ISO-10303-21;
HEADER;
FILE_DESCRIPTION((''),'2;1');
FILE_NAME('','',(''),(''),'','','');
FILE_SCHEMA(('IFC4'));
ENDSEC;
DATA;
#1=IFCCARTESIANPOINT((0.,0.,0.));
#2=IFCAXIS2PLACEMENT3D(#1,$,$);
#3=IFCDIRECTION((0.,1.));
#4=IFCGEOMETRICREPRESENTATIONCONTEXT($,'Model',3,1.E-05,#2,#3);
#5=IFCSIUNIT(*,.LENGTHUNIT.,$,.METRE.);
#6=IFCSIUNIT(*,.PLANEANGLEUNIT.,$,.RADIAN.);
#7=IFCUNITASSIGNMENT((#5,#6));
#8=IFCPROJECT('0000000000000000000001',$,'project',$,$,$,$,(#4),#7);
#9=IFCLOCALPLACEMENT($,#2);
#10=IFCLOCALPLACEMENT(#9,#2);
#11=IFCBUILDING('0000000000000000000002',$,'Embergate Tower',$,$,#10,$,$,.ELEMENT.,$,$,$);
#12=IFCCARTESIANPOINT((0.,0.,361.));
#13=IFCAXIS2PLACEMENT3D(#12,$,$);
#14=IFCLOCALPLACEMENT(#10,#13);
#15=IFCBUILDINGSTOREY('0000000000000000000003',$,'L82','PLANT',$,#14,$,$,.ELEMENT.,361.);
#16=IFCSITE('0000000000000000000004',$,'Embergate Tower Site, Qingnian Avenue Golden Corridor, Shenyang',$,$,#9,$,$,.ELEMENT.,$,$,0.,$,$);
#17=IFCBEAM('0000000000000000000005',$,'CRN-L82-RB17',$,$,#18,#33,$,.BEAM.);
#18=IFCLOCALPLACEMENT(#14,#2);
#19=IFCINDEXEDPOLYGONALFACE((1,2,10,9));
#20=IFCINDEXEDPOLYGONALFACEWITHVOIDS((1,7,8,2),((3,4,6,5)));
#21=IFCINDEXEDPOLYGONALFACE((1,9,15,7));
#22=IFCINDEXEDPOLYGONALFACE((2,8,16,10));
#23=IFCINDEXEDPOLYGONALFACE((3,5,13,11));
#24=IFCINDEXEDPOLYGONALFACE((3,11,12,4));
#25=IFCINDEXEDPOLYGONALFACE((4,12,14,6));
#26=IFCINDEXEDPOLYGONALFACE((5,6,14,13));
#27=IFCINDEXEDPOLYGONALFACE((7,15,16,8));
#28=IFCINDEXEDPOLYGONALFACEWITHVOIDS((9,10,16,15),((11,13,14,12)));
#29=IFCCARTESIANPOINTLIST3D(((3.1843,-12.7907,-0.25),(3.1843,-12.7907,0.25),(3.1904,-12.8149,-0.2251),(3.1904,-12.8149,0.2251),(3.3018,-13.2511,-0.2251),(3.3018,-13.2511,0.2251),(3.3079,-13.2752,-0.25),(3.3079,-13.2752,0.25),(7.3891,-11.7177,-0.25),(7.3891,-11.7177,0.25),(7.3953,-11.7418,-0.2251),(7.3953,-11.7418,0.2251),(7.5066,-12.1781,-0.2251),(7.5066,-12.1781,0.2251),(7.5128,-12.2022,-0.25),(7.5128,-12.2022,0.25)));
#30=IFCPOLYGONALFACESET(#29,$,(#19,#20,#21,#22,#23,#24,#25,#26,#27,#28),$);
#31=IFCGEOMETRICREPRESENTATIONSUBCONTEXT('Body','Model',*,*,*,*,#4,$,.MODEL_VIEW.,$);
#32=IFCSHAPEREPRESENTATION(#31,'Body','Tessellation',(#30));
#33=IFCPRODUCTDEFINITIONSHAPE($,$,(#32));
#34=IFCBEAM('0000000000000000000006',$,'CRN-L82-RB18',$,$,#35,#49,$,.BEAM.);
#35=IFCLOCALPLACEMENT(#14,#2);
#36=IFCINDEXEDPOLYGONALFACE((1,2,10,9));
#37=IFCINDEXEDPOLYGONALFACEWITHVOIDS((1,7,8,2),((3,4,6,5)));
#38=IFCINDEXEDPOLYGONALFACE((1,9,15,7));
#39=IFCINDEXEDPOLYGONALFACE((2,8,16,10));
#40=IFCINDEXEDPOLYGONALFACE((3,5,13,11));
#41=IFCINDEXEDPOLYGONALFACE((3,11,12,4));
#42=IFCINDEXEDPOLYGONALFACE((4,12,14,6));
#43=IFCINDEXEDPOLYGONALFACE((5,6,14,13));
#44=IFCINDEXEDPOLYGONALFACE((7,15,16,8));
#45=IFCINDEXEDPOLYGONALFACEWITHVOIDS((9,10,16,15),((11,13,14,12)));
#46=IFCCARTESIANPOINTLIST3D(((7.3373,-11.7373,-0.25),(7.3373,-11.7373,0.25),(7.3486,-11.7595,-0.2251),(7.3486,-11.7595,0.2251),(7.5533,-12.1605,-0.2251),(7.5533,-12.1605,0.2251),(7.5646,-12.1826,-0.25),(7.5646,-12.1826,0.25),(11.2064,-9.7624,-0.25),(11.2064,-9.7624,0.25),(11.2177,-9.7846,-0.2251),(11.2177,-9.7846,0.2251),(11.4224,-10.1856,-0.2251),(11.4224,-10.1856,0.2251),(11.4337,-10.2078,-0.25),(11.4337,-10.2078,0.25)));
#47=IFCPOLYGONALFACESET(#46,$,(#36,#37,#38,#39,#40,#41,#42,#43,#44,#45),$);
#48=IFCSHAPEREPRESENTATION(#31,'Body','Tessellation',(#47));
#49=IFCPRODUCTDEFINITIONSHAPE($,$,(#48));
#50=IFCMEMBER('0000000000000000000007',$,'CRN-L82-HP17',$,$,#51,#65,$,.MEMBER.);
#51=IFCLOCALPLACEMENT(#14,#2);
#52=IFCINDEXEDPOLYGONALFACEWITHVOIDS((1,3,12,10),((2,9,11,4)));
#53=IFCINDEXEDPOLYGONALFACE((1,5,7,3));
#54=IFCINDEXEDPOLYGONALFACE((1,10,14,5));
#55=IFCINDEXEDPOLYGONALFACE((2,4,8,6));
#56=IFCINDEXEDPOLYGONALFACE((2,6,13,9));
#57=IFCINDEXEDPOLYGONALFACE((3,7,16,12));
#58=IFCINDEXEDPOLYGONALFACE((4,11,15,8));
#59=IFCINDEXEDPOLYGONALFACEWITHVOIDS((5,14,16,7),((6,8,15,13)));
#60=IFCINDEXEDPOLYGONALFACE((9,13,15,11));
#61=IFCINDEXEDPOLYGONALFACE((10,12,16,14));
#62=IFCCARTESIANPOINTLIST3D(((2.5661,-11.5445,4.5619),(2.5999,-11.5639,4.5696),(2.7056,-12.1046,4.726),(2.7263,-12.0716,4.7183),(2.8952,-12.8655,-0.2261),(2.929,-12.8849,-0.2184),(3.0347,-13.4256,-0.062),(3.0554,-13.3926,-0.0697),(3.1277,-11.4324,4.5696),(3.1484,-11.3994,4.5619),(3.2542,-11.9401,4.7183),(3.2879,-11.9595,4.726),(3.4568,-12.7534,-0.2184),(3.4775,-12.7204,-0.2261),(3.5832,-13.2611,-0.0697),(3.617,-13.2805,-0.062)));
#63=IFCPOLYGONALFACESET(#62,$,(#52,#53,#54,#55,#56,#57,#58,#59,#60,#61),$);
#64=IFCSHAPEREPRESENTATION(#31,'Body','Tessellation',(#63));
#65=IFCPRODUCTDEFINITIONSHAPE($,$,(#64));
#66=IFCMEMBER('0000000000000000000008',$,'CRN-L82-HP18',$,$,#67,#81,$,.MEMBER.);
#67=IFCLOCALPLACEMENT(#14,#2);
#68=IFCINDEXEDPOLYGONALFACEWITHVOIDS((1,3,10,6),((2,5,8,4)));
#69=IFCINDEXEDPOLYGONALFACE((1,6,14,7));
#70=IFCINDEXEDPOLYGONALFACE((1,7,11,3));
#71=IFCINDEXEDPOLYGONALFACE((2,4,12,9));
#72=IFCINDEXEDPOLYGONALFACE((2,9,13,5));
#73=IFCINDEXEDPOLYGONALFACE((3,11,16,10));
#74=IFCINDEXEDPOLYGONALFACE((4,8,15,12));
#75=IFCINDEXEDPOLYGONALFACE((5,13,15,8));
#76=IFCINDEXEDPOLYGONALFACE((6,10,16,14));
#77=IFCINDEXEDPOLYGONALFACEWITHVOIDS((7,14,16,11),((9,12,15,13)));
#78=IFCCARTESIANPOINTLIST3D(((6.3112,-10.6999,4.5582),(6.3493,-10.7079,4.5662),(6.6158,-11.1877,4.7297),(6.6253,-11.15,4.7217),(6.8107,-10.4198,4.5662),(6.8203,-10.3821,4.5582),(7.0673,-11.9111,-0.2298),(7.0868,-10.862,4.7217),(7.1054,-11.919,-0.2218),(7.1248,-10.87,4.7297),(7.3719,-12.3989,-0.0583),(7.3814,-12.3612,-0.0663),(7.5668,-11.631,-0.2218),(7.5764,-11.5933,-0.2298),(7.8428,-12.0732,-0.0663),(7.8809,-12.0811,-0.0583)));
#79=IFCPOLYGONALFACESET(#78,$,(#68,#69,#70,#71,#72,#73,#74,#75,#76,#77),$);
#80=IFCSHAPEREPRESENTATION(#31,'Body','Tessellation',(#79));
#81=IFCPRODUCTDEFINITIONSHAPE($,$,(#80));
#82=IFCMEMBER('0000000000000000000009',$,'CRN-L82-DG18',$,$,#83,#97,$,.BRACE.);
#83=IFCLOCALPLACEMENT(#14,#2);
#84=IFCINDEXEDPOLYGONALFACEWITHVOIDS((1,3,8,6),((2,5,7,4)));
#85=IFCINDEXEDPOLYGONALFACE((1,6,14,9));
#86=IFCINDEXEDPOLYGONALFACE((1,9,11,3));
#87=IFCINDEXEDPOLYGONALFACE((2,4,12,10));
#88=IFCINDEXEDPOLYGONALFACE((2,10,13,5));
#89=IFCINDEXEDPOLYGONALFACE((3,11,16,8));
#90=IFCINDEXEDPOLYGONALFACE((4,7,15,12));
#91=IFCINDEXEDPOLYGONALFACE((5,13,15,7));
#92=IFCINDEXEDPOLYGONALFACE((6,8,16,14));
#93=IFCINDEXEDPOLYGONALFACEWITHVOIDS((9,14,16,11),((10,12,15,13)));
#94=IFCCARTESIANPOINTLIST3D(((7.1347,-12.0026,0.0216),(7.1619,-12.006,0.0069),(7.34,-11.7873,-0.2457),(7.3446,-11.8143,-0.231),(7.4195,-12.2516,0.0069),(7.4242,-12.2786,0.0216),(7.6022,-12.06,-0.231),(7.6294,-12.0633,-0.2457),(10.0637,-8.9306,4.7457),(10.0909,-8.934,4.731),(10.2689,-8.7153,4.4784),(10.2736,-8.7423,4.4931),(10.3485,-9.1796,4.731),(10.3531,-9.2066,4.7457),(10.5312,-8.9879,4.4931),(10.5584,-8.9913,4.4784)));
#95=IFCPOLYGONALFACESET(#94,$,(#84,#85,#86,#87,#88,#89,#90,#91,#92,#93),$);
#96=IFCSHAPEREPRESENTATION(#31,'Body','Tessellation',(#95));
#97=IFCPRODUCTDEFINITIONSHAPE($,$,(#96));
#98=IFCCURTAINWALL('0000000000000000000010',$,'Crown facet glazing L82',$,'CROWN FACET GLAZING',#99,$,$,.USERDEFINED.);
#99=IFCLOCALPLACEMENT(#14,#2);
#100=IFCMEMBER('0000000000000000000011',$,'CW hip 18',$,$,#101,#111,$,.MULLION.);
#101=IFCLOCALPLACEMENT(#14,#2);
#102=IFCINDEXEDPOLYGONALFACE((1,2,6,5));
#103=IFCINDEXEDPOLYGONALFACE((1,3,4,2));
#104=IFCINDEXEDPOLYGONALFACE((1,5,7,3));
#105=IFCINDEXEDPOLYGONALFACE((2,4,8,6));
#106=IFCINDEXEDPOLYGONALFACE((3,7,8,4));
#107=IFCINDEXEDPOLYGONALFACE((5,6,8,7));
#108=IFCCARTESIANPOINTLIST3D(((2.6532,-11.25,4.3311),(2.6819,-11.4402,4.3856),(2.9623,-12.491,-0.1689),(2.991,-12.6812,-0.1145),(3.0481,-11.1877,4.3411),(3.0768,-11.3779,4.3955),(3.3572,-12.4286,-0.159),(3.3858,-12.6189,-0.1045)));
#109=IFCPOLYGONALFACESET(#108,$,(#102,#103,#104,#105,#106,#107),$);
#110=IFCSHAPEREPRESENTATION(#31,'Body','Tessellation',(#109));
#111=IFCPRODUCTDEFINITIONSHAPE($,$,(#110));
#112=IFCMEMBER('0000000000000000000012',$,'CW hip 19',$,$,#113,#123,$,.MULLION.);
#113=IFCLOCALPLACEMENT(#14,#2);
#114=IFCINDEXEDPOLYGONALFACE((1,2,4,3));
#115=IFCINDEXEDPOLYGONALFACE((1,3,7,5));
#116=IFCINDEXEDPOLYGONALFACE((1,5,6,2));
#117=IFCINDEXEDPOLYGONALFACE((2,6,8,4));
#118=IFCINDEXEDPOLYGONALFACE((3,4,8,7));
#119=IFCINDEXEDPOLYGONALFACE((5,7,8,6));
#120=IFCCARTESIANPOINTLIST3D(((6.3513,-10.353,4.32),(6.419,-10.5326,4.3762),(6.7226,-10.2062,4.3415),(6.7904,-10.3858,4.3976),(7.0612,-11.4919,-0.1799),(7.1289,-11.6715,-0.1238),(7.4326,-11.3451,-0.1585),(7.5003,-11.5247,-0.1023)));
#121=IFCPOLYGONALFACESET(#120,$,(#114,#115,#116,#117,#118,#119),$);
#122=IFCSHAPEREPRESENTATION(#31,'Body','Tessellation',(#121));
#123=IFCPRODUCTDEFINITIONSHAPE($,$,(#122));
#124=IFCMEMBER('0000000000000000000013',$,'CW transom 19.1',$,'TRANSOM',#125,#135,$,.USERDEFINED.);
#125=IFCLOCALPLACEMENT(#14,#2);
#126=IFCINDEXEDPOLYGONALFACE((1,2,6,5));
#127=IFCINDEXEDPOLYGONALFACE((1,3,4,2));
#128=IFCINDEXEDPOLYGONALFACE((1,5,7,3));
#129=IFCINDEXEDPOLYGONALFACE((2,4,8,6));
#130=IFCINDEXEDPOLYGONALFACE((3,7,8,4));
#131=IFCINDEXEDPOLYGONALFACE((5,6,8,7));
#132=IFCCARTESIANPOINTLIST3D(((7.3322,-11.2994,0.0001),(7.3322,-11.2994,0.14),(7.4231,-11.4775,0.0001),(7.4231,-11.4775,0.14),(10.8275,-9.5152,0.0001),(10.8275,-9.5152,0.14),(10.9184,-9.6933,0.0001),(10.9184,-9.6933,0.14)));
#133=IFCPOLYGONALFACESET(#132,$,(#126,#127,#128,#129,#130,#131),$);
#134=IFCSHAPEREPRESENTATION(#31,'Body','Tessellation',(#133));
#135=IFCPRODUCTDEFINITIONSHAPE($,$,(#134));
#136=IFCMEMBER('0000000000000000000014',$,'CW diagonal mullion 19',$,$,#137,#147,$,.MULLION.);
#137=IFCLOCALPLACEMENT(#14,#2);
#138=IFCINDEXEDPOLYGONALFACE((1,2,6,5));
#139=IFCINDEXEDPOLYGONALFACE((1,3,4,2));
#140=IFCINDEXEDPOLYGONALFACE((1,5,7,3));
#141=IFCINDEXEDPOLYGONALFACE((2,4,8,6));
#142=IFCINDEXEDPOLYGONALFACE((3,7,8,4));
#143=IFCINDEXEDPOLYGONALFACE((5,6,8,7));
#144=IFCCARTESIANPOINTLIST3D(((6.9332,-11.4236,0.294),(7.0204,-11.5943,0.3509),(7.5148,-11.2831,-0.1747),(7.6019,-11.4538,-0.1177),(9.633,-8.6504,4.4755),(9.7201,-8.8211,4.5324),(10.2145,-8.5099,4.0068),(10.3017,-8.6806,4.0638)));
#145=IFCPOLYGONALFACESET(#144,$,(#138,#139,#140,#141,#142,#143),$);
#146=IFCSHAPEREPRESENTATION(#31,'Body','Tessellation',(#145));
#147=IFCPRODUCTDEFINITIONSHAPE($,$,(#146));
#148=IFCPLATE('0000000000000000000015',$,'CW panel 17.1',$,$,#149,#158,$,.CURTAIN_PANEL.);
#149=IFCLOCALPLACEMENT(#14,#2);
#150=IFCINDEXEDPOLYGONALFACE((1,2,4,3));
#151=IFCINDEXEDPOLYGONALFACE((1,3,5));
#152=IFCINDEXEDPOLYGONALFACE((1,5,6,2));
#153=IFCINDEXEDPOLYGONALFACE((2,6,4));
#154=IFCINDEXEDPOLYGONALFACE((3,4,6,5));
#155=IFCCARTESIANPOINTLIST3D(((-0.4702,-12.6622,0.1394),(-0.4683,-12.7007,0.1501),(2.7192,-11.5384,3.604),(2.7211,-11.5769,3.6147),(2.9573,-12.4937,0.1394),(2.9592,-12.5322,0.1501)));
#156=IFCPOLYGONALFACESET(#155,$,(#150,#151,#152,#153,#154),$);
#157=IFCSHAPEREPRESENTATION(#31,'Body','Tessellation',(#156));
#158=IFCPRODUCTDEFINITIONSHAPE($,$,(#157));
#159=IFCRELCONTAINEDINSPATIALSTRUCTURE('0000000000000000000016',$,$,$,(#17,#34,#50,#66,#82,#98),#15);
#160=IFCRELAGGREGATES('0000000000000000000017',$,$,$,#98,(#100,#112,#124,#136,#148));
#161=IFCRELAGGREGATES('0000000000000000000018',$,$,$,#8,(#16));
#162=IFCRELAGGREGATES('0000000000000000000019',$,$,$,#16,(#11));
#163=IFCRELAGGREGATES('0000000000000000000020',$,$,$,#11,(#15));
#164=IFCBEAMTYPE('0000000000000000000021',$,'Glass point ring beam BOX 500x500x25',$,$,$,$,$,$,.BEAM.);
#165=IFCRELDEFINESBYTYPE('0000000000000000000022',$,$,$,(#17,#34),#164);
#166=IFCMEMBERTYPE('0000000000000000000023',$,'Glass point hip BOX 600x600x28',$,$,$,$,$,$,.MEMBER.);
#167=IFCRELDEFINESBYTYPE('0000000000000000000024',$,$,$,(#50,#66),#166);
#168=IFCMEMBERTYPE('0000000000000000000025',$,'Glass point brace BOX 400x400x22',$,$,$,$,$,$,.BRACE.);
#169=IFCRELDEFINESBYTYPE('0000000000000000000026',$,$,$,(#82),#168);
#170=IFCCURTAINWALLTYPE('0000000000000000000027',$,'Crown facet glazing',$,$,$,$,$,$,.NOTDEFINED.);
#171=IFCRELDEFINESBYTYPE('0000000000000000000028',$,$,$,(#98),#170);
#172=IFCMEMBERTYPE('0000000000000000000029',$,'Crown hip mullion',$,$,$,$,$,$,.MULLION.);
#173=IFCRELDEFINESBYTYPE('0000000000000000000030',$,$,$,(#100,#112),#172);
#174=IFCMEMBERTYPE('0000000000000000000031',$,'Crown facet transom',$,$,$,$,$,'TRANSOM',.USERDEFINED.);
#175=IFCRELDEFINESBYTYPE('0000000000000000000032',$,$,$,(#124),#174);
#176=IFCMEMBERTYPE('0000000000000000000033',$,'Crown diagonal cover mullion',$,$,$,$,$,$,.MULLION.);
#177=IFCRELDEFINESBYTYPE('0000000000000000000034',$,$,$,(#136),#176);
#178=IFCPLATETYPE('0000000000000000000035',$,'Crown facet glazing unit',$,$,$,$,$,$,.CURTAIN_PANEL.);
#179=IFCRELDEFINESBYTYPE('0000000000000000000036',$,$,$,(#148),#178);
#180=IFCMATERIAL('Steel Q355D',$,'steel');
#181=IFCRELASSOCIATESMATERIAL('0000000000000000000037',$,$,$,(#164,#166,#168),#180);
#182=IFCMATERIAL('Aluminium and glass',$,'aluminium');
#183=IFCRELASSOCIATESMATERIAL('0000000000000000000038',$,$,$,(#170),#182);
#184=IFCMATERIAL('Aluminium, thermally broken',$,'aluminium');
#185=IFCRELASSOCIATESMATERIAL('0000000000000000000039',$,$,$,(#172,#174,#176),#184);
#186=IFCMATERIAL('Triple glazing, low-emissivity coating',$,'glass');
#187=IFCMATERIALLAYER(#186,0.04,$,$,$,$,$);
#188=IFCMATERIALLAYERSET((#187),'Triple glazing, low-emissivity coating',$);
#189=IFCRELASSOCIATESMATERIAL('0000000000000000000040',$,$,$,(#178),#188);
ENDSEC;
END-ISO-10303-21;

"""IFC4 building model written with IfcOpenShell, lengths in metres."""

from ifc_helpers import new_model, si_unit, direction, frame, origin, origin_2d, place, context, subcontext, project, spatial, polyline, rectangle, hollow_rectangle, outline, extrude, source, transform, mapped, material, layer, layer_set, material_profile, profile_set, type_object, element, aggregate, save


model = new_model("IFC4")

# Units and contexts
model_context = context("Model", 3, precision=1e-05, world=origin(), true_north=direction((0.0, 1.0)))
body_context = subcontext(model_context, "Body", "Model", "MODEL_VIEW")
ifc_project = project(units=[si_unit("LENGTHUNIT", "METRE"), si_unit("PLANEANGLEUNIT", "RADIAN")], contexts=[model_context])

# Site, building, storey
site_placement = place(None, origin())
site = spatial("IfcSite", under=ifc_project, at=site_placement, Name="Embergate Tower Site, Qingnian Avenue Golden Corridor, Shenyang", CompositionType="ELEMENT", RefElevation=0.0)
building_placement = place(site_placement, origin())
building = spatial("IfcBuilding", under=site, at=building_placement, Name="Embergate Tower", CompositionType="ELEMENT")
storey_placement = place(building_placement, frame((0.0, 0.0, 361.0)))
storey = spatial("IfcBuildingStorey", under=building, at=storey_placement, Name="L82", Description="PLANT", CompositionType="ELEMENT", Elevation=361.0)

# Beams
ifc_material_1 = material(Name="Steel Q355D", Category="steel")
ifc_material_profile_1 = material_profile(ifc_material_1, hollow_rectangle(XDim=0.5, YDim=0.5, WallThickness=0.0249, at=origin_2d()), Name="BOX 500x500x25")
ifc_profile_set_1 = profile_set([ifc_material_profile_1], Name="Steel Q355 grade D")
beam_type = type_object("IfcBeamType", Name="Glass point ring beam BOX 500x500x25", PredefinedType="BEAM", material=ifc_profile_set_1)
shared_shape_1 = source(origin(), body_context, "Body", "SweptSolid", [
    extrude(hollow_rectangle(XDim=0.5, YDim=0.5, WallThickness=0.0249, at=origin_2d()), origin(), (0.0, 0.0, 1.0), 4.3396),
])
beam_1_placement = place(storey_placement, frame((3.2461, -13.033, 0.0), z_axis=(0.96895, 0.247259, 0.0), x_axis=(-0.247259, 0.96895, 0.0)))
element("IfcBeam", 1, at=beam_1_placement, inside=storey, type_object=beam_type, Name="CRN-L82-RB17", PredefinedType="BEAM", context=body_context, shape_type="MappedRepresentation", body=[
    mapped(shared_shape_1, transform((0.0, 0.0, 0.0))),
])
shared_shape_2 = source(origin(), body_context, "Body", "SweptSolid", [
    extrude(hollow_rectangle(XDim=0.5, YDim=0.5, WallThickness=0.0249, at=origin_2d()), origin(), (0.0, 0.0, 1.0), 4.344),
])
beam_2_placement = place(storey_placement, frame((7.4509, -11.96, 0.0), z_axis=(0.890687, 0.454617, 0.0), x_axis=(-0.454617, 0.890687, 0.0)))
element("IfcBeam", 2, at=beam_2_placement, inside=storey, type_object=beam_type, Name="CRN-L82-RB18", PredefinedType="BEAM", context=body_context, shape_type="MappedRepresentation", body=[
    mapped(shared_shape_2, transform((0.0, 0.0, 0.0))),
])

# Members
ifc_material_profile_2 = material_profile(ifc_material_1, hollow_rectangle(XDim=0.6001, YDim=0.6001, WallThickness=0.0281, at=origin_2d()), Name="BOX 600x600x28")
ifc_profile_set_2 = profile_set([ifc_material_profile_2], Name="Steel Q355 grade D")
member_type_1 = type_object("IfcMemberType", Name="Glass point hip BOX 600x600x28", PredefinedType="MEMBER", material=ifc_profile_set_2)
shared_shape_3 = source(origin(), body_context, "Body", "SweptSolid", [
    extrude(hollow_rectangle(XDim=0.6001, YDim=0.6001, WallThickness=0.0281, at=origin_2d()), origin(), (0.0, 0.0, 1.0), 4.9778),
])
member_1_placement = place(storey_placement, frame((3.2561, -13.073, -0.144), z_axis=(-0.066113, 0.265383, 0.961874), x_axis=(-0.970343, -0.241734, 0.0)))
element("IfcMember", 3, at=member_1_placement, inside=storey, type_object=member_type_1, Name="CRN-L82-HP17", PredefinedType="MEMBER", context=body_context, shape_type="MappedRepresentation", body=[
    mapped(shared_shape_3, transform((0.0, 0.0, 0.0))),
])
shared_shape_4 = source(origin(), body_context, "Body", "SweptSolid", [
    extrude(hollow_rectangle(XDim=0.6001, YDim=0.6001, WallThickness=0.0281, at=origin_2d()), origin(), (0.0, 0.0, 1.0), 4.9963),
])
member_2_placement = place(storey_placement, frame((7.4741, -11.9961, -0.144), z_axis=(-0.151328, 0.242409, 0.958299), x_axis=(-0.848277, -0.529553, 0.0)))
element("IfcMember", 4, at=member_2_placement, inside=storey, type_object=member_type_1, Name="CRN-L82-HP18", PredefinedType="MEMBER", context=body_context, shape_type="MappedRepresentation", body=[
    mapped(shared_shape_4, transform((0.0, 0.0, 0.0))),
])
ifc_material_profile_3 = material_profile(ifc_material_1, hollow_rectangle(XDim=0.3999, YDim=0.3999, WallThickness=0.022, at=origin_2d()), Name="BOX 400x400x22")
ifc_profile_set_3 = profile_set([ifc_material_profile_3], Name="Steel Q355 grade D")
member_type_2 = type_object("IfcMemberType", Name="Glass point brace BOX 400x400x22", PredefinedType="BRACE", material=ifc_profile_set_3)
shared_shape_5 = source(origin(), body_context, "Body", "SweptSolid", [
    extrude(hollow_rectangle(XDim=0.3999, YDim=0.3999, WallThickness=0.022, at=origin_2d()), origin(), (0.0, 0.0, 1.0), 6.3508),
])
member_3_placement = place(storey_placement, frame((7.3821, -12.033, -0.1121), z_axis=(0.46119, 0.483717, 0.743855), x_axis=(-0.723759, 0.690053, 0.0)))
element("IfcMember", 5, at=member_3_placement, inside=storey, type_object=member_type_2, Name="CRN-L82-DG18", PredefinedType="BRACE", context=body_context, shape_type="MappedRepresentation", body=[
    mapped(shared_shape_5, transform((0.0, 0.0, 0.0))),
])

# Curtain wall, members
ifc_material_2 = material(Name="Aluminium and glass", Category="aluminium")
curtain_wall_type = type_object("IfcCurtainWallType", Name="Crown facet glazing", PredefinedType="NOTDEFINED", material=ifc_material_2)
curtain_wall_placement = place(storey_placement, origin())
curtain_wall = element("IfcCurtainWall", 6, at=curtain_wall_placement, inside=storey, type_object=curtain_wall_type, Name="Crown facet glazing L82", ObjectType="CROWN FACET GLAZING", PredefinedType="USERDEFINED")
ifc_material_3 = material(Name="Aluminium, thermally broken", Category="aluminium")
ifc_material_profile_4 = material_profile(ifc_material_3, rectangle(XDim=0.2, YDim=0.3999, at=origin_2d()), Name="AL 400x200")
ifc_profile_set_4 = profile_set([ifc_material_profile_4], Name="Aluminium, thermally broken")
member_type_3 = type_object("IfcMemberType", Name="Crown hip mullion", PredefinedType="MULLION", material=ifc_profile_set_4)
shared_shape_6 = source(origin(), body_context, "Body", "SweptSolid", [
    extrude(rectangle(XDim=0.2, YDim=0.3999, at=origin_2d()), origin(), (0.0, 0.0, 1.0), 4.6782),
])
member_4_placement = place(storey_placement, frame((3.1741, -12.5549, -0.1367), z_axis=(-0.066069, 0.265266, 0.961909), x_axis=(0.143312, -0.951498, 0.272238)))
member_4 = element("IfcMember", 7, at=member_4_placement, type_object=member_type_3, Name="CW hip 18", PredefinedType="MULLION", context=body_context, shape_type="MappedRepresentation", body=[
    mapped(shared_shape_6, transform((0.0, 0.0, 0.0))),
])
shared_shape_7 = source(origin(), body_context, "Body", "SweptSolid", [
    extrude(rectangle(XDim=0.2, YDim=0.3999, at=origin_2d()), origin(), (0.0, 0.0, 1.0), 4.6958),
])
member_5_placement = place(storey_placement, frame((7.2808, -11.5083, -0.1411), z_axis=(-0.151188, 0.242536, 0.958289), x_axis=(0.338761, -0.898016, 0.280727)))
member_5 = element("IfcMember", 8, at=member_5_placement, type_object=member_type_3, Name="CW hip 19", PredefinedType="MULLION", context=body_context, shape_type="MappedRepresentation", body=[
    mapped(shared_shape_7, transform((0.0, 0.0, 0.0))),
])
ifc_material_profile_5 = material_profile(ifc_material_3, rectangle(XDim=0.2, YDim=0.1399, at=origin_2d()), Name="AL 140x200")
ifc_profile_set_5 = profile_set([ifc_material_profile_5], Name="Aluminium, thermally broken")
member_type_4 = type_object("IfcMemberType", Name="Crown facet transom", ElementType="TRANSOM", PredefinedType="USERDEFINED", material=ifc_profile_set_5)
shared_shape_8 = source(origin(), body_context, "Body", "SweptSolid", [
    extrude(rectangle(XDim=0.2, YDim=0.1399, at=origin_2d()), origin(), (0.0, 0.0, 1.0), 3.9243),
])
member_6_placement = place(storey_placement, frame((7.3777, -11.3884, 0.0701), z_axis=(0.890676, 0.454639, 0.0), x_axis=(-0.454639, 0.890676, 0.0)))
member_6 = element("IfcMember", 9, at=member_6_placement, type_object=member_type_4, Name="CW transom 19.1", ObjectType="TRANSOM", PredefinedType="USERDEFINED", context=body_context, shape_type="MappedRepresentation", body=[
    mapped(shared_shape_8, transform((0.0, 0.0, 0.0))),
])
ifc_material_profile_6 = material_profile(ifc_material_3, rectangle(XDim=0.2, YDim=0.76, at=origin_2d()), Name="AL 760x200")
ifc_profile_set_6 = profile_set([ifc_material_profile_6], Name="Aluminium, thermally broken")
member_type_5 = type_object("IfcMemberType", Name="Crown diagonal cover mullion", PredefinedType="MULLION", material=ifc_profile_set_6)
shared_shape_9 = source(origin(), body_context, "Body", "SweptSolid", [
    extrude(rectangle(XDim=0.2, YDim=0.76, at=origin_2d()), origin(), (0.0, 0.0, 1.0), 5.6978),
])
member_7_placement = place(storey_placement, frame((7.2676, -11.4387, 0.0881), z_axis=(0.473829, 0.486727, 0.733882), x_axis=(0.435827, -0.853767, 0.284847)))
member_7 = element("IfcMember", 10, at=member_7_placement, type_object=member_type_5, Name="CW diagonal mullion 19", PredefinedType="MULLION", context=body_context, shape_type="MappedRepresentation", body=[
    mapped(shared_shape_9, transform((0.0, 0.0, 0.0))),
])

# Plate
ifc_material_4 = material(Name="Triple glazing, low-emissivity coating", Category="glass")
ifc_layer_1 = layer(ifc_material_4, 0.04)
ifc_layer_set_1 = layer_set([ifc_layer_1], Name="Triple glazing, low-emissivity coating")
plate_type = type_object("IfcPlateType", Name="Crown facet glazing unit", PredefinedType="CURTAIN_PANEL", material=ifc_layer_set_1)
shared_shape_10 = source(origin(), body_context, "Body", "SweptSolid", [
    extrude(outline(polyline([(0.0, 0.0), (3.4316, 0.0), (3.2407, 3.5967), (0.0, 0.0)])), origin(), (0.0, 0.0, -1.0), 0.04),
])
plate_1_placement = place(storey_placement, frame((-0.4683, -12.7007, 0.1501), z_axis=(0.047286, -0.962108, 0.268539), x_axis=(0.998794, 0.04909, 0.0)))
plate_1 = element("IfcPlate", 11, at=plate_1_placement, type_object=plate_type, Name="CW panel 17.1", PredefinedType="CURTAIN_PANEL", context=body_context, shape_type="MappedRepresentation", body=[
    mapped(shared_shape_10, transform((0.0, 0.0, 0.0))),
])
aggregate(curtain_wall, [member_4, member_5, member_6, member_7, plate_1])

save(model, "model.ifc")
